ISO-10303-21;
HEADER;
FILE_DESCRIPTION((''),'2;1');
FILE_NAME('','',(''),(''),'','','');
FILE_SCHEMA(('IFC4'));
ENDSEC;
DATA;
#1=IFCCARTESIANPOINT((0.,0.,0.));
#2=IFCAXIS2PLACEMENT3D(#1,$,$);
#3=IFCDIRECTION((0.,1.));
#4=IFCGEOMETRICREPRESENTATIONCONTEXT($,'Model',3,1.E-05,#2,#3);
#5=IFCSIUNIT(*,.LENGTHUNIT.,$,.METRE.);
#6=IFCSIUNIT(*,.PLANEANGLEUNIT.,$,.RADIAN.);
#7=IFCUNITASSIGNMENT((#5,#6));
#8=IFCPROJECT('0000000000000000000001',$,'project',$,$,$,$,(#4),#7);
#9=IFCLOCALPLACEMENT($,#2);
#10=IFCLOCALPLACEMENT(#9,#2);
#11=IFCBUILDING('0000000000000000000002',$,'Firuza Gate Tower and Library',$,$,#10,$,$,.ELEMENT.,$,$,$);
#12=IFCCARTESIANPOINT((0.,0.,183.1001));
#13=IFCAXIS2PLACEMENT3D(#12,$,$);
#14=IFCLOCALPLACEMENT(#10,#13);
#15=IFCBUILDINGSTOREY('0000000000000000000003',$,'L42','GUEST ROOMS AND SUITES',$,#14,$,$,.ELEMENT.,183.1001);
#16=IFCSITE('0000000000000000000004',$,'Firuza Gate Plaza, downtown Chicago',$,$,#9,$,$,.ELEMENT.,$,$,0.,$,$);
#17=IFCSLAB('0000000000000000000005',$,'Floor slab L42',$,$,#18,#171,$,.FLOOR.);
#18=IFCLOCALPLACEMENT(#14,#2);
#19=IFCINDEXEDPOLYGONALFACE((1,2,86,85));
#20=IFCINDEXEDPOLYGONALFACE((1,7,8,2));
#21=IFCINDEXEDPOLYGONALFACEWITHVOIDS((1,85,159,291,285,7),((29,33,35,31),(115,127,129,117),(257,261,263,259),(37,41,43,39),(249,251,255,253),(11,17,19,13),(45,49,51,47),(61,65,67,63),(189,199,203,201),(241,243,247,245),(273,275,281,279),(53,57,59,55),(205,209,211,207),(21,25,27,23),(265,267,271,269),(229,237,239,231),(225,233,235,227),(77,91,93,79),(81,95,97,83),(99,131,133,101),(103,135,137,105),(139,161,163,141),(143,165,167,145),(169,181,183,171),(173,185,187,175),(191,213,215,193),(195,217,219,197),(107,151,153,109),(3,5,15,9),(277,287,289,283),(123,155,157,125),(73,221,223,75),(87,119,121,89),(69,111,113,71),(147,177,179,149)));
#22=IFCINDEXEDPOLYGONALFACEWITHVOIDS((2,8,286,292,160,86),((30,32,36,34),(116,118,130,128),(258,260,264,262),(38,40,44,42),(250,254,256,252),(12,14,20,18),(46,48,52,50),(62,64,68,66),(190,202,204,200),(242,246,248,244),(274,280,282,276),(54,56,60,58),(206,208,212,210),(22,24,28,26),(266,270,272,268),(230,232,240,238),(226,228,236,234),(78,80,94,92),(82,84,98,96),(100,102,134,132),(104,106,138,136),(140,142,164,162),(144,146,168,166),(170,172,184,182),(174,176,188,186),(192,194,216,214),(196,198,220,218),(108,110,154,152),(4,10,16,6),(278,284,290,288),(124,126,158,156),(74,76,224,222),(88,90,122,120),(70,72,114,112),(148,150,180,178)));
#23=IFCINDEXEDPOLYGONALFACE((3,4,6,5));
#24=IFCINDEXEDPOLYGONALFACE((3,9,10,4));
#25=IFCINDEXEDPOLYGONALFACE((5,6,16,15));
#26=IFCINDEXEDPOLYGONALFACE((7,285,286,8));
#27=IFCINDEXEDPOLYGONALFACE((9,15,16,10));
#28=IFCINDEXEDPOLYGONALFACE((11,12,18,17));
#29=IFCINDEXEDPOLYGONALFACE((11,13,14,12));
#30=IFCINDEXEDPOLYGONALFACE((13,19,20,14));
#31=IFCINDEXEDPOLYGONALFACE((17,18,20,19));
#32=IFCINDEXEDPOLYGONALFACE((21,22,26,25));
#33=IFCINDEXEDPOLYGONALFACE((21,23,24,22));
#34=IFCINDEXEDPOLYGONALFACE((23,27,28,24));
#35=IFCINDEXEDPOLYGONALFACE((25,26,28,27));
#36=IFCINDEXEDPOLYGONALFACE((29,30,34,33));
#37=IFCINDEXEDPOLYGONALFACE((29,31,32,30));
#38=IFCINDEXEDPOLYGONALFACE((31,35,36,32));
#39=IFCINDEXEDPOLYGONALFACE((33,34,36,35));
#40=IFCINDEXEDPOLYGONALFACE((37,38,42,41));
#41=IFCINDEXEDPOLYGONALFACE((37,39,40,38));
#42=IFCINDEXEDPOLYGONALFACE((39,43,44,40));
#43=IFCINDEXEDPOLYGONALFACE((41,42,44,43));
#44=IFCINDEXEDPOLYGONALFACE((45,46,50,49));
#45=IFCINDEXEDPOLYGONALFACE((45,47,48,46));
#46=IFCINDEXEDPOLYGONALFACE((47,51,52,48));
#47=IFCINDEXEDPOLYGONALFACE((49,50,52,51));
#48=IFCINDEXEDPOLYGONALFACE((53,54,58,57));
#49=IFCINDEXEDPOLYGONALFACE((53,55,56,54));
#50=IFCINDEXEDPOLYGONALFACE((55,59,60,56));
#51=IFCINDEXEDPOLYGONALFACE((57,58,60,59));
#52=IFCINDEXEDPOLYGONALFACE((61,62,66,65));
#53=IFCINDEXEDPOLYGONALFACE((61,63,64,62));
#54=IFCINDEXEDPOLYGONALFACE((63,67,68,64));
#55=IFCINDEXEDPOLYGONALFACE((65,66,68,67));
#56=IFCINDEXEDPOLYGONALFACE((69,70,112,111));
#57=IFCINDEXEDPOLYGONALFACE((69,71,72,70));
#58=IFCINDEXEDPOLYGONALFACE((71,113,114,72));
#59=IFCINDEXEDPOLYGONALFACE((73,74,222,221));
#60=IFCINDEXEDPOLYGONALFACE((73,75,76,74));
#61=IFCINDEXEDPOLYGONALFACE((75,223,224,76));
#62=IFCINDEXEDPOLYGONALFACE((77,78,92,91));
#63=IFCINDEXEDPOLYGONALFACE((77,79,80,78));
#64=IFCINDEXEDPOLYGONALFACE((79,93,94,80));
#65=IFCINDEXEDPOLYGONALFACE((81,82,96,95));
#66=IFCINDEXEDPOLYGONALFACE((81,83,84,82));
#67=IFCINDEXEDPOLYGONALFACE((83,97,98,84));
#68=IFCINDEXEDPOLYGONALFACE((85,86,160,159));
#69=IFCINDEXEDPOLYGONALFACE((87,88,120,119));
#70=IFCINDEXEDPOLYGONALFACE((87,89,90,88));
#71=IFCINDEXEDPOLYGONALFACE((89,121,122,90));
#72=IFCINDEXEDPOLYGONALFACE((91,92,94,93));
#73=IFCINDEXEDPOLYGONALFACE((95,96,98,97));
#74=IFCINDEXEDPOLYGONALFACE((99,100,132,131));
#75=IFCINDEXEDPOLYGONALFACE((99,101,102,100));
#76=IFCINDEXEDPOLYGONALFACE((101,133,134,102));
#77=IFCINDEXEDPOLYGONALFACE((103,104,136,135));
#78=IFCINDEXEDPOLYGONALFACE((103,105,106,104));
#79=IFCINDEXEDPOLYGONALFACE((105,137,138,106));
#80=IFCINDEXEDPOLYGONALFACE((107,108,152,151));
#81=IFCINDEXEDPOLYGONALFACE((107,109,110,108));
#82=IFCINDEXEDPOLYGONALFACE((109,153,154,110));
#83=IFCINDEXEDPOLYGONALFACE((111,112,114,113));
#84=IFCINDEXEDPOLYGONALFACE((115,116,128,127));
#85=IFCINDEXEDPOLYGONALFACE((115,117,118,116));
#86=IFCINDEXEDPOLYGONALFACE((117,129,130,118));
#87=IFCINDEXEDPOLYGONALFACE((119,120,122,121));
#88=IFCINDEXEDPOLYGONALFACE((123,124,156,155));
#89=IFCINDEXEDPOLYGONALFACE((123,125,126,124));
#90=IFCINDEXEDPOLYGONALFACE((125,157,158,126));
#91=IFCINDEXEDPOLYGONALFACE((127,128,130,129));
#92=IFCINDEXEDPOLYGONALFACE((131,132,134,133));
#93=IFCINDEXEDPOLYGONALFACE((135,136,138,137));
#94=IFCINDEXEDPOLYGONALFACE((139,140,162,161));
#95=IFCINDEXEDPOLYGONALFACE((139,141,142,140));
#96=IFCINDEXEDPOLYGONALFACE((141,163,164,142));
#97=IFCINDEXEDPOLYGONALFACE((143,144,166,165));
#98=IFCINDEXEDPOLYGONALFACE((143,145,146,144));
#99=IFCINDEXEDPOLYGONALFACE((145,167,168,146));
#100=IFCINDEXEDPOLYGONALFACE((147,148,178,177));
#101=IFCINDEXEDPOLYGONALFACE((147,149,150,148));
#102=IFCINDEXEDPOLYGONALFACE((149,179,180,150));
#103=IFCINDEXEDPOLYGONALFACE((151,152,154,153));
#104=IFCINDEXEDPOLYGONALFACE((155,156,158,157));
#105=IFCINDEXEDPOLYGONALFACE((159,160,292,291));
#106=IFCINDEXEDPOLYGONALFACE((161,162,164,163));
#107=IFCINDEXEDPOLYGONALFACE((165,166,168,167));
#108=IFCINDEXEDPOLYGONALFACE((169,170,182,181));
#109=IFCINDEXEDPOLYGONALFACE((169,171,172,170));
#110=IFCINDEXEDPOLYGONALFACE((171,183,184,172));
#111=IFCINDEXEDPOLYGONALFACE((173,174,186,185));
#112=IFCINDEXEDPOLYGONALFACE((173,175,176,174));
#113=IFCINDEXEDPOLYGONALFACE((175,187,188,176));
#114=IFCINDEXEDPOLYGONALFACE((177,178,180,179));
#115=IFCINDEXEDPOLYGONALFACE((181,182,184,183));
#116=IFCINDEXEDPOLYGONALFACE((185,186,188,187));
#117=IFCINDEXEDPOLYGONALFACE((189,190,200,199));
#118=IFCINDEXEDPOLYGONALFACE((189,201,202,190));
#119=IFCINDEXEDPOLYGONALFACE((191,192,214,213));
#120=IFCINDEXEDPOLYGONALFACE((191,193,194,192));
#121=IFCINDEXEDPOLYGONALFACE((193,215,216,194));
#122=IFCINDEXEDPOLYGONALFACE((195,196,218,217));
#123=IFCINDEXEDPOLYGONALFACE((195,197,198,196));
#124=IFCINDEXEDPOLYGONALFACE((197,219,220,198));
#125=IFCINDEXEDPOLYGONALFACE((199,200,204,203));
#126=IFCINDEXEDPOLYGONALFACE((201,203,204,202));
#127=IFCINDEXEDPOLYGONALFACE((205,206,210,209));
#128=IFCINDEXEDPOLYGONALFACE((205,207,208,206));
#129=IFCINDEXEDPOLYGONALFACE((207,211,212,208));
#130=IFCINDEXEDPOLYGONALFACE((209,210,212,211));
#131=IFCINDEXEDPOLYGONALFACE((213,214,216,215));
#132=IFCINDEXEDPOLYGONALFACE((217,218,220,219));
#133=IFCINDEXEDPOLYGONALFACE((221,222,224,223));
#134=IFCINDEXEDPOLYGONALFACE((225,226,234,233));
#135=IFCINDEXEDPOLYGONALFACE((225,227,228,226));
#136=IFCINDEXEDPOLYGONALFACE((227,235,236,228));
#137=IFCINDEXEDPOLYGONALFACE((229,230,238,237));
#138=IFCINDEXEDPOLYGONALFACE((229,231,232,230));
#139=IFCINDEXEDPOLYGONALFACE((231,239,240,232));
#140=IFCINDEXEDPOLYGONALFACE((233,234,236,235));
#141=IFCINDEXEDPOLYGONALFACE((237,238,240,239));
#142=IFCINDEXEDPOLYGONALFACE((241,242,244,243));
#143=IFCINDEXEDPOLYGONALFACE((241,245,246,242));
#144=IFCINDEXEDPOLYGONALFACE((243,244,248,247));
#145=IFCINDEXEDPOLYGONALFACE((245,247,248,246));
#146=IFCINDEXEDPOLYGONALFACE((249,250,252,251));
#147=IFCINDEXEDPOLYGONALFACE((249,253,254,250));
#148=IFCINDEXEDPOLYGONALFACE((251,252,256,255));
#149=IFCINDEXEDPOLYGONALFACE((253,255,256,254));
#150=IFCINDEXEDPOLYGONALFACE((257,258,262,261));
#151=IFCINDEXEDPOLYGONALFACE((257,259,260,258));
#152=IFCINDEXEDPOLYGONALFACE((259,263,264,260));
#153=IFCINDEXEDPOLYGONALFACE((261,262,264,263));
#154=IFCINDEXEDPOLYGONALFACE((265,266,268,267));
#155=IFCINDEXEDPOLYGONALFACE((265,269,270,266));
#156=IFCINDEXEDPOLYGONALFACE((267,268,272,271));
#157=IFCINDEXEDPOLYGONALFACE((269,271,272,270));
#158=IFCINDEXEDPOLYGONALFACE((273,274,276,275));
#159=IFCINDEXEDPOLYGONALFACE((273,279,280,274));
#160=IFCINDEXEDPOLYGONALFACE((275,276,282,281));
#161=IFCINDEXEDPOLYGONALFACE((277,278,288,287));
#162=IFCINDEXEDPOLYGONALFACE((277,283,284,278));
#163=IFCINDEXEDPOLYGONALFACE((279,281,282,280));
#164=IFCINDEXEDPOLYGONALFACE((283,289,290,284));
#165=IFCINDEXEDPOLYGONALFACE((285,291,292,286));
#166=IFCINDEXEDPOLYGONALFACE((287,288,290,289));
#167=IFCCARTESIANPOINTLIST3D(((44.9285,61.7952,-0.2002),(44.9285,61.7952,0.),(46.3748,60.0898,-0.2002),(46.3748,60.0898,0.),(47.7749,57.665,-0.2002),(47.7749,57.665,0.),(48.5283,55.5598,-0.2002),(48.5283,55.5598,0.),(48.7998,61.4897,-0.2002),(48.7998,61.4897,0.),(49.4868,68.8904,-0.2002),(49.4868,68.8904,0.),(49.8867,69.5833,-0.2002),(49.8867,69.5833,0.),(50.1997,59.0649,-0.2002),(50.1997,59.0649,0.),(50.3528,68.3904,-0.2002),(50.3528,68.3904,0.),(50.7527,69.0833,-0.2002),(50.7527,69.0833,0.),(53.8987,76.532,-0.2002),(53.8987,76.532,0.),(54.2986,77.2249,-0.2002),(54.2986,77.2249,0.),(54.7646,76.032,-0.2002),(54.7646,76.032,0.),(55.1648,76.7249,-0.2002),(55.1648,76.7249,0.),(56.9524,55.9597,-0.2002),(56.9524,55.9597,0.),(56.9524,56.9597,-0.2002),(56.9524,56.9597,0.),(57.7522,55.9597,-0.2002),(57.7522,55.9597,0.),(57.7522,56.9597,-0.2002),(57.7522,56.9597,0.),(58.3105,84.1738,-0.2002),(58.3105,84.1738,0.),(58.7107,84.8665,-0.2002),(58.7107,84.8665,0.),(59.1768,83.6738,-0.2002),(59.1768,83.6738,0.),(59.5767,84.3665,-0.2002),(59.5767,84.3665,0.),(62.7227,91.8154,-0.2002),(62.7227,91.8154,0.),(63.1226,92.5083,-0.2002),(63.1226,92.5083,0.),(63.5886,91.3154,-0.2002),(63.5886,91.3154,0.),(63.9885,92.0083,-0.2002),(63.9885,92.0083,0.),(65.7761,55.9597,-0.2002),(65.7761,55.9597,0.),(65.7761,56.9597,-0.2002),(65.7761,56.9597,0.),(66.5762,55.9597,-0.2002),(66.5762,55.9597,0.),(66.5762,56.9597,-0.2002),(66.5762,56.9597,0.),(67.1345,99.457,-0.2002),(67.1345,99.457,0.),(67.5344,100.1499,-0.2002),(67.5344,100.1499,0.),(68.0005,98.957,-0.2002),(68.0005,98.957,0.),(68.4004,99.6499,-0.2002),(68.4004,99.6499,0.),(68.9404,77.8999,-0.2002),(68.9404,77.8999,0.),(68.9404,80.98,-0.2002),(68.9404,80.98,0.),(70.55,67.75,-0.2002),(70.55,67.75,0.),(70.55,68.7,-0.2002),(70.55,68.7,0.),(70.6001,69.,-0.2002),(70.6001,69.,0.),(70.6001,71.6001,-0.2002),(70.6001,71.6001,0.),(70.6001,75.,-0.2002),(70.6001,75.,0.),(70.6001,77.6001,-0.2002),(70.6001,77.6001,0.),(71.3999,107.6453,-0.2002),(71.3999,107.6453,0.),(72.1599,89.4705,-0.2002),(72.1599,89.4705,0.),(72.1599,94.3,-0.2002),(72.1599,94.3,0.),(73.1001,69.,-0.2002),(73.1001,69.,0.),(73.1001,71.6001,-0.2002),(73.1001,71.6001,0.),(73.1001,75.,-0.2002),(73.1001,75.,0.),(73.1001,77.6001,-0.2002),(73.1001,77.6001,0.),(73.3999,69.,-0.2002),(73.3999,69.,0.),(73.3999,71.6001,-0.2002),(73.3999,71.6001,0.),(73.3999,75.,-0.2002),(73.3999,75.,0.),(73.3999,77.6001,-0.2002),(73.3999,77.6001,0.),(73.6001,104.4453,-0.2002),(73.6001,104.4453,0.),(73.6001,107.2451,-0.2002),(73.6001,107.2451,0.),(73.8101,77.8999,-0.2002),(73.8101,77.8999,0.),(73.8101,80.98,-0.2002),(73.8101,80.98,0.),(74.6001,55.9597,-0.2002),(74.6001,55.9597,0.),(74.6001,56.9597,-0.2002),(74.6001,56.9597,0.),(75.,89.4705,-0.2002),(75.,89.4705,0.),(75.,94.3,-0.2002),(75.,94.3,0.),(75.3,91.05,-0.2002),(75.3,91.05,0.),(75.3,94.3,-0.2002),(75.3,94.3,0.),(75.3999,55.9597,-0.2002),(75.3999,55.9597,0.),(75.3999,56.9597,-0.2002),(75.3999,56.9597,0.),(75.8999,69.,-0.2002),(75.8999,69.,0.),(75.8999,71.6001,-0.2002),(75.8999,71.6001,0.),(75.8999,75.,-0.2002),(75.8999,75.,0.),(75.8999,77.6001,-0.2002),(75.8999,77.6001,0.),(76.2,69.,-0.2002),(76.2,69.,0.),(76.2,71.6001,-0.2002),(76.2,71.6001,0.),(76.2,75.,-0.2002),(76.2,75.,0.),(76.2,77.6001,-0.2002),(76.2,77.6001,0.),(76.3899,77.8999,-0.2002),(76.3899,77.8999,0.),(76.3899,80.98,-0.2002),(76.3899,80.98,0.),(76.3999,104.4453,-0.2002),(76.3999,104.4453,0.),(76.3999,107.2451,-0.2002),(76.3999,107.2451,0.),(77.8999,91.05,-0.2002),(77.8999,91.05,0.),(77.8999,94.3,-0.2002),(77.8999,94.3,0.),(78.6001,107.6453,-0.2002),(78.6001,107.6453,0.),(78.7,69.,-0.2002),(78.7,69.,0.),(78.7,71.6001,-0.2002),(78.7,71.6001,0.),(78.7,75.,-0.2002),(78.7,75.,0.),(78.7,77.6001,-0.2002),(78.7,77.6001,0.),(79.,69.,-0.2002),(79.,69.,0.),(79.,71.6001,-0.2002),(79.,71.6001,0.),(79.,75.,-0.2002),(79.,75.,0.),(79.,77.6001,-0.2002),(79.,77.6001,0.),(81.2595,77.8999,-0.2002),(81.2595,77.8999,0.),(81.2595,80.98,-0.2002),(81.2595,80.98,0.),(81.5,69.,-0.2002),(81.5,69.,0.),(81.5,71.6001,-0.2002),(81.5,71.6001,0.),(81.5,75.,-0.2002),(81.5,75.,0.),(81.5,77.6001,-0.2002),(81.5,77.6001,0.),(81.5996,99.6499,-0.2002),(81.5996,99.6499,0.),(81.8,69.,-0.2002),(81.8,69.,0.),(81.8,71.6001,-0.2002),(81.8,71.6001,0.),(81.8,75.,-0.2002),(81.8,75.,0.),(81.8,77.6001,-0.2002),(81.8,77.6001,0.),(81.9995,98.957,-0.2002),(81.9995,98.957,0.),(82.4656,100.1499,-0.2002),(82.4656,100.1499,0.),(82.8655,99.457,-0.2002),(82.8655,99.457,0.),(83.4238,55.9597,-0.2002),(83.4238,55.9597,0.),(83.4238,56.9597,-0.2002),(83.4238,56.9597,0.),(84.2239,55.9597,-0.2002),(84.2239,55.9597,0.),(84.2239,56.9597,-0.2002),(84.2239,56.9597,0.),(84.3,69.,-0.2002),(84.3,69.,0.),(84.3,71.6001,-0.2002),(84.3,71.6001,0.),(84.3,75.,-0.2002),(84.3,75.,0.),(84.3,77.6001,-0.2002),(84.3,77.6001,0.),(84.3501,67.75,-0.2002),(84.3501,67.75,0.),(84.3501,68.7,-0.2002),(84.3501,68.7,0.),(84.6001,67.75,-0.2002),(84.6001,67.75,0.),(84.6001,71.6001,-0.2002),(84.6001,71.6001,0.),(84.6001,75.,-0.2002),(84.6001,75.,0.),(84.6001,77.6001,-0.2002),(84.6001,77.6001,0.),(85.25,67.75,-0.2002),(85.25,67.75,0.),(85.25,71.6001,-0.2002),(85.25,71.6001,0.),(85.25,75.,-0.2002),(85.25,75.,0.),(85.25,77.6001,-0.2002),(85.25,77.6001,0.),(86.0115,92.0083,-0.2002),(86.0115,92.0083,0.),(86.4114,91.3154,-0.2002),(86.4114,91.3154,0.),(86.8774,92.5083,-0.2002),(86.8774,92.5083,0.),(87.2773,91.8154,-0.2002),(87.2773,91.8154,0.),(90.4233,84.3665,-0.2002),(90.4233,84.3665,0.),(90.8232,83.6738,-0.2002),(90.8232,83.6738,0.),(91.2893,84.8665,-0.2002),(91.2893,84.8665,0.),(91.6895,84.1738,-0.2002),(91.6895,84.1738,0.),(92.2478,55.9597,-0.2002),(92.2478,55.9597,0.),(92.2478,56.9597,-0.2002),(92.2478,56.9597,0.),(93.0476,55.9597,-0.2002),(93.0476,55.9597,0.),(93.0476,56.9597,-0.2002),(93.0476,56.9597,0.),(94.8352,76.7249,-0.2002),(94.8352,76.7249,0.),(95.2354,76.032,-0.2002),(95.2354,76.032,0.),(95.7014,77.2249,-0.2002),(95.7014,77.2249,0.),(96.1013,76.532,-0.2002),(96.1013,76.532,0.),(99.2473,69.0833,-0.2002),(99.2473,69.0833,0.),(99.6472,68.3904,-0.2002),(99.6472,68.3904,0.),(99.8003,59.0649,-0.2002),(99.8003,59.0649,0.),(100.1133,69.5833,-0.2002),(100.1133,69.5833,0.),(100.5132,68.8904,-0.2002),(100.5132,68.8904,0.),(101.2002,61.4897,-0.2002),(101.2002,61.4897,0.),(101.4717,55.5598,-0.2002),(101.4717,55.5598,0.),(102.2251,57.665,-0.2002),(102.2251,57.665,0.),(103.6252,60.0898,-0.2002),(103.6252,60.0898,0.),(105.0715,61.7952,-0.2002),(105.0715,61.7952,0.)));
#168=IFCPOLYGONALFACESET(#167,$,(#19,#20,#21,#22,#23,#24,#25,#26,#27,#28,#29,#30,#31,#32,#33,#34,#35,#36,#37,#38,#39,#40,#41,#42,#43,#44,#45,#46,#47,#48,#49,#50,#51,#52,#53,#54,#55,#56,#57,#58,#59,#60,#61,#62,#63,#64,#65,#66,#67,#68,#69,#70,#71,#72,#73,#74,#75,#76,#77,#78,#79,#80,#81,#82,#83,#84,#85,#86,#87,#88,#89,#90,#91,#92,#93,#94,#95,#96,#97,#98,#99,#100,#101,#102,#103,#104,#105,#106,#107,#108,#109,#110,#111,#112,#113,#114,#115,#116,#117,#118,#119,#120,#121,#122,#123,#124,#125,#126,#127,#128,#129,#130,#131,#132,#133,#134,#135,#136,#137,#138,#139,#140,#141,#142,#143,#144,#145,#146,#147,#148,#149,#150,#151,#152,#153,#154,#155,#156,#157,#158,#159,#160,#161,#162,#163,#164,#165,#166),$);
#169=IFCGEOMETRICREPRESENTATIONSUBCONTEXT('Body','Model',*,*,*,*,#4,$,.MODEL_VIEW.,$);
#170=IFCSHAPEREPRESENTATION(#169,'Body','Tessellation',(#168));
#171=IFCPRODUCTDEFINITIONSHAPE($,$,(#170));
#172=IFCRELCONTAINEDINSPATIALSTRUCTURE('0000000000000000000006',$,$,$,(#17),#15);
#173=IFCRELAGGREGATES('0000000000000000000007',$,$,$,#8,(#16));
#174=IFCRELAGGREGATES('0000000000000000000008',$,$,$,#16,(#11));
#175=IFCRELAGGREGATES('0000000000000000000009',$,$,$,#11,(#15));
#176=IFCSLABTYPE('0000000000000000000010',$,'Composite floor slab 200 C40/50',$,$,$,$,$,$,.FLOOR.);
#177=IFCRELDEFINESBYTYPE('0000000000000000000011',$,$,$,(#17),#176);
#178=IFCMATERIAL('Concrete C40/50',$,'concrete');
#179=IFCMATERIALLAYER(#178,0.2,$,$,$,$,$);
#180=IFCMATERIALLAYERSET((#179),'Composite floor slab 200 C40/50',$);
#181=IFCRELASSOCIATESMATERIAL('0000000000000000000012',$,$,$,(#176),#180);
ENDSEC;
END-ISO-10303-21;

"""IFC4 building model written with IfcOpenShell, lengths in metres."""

from ifc_helpers import new_model, si_unit, direction, frame, origin, place, context, subcontext, project, spatial, polyline, outline, extrude, material, layer, layer_set, type_object, element, save


model = new_model("IFC4")

# Units and contexts
model_context = context("Model", 3, precision=1e-05, world=origin(), true_north=direction((0.0, 1.0)))
body_context = subcontext(model_context, "Body", "Model", "MODEL_VIEW")
ifc_project = project(units=[si_unit("LENGTHUNIT", "METRE"), si_unit("PLANEANGLEUNIT", "RADIAN")], contexts=[model_context])

# Site, building, storey
site_placement = place(None, origin())
site = spatial("IfcSite", under=ifc_project, at=site_placement, Name="Firuza Gate Plaza, downtown Chicago", CompositionType="ELEMENT", RefElevation=0.0)
building_placement = place(site_placement, origin())
building = spatial("IfcBuilding", under=site, at=building_placement, Name="Firuza Gate Tower and Library", CompositionType="ELEMENT")
storey_placement = place(building_placement, frame((0.0, 0.0, 183.1001)))
storey = spatial("IfcBuildingStorey", under=building, at=storey_placement, Name="L42", Description="GUEST ROOMS AND SUITES", CompositionType="ELEMENT", Elevation=183.1001)

# Slab
ifc_material_1 = material(Name="Concrete C40/50", Category="concrete")
ifc_layer_1 = layer(ifc_material_1, 0.2)
ifc_layer_set_1 = layer_set([ifc_layer_1], Name="Composite floor slab 200 C40/50")
slab_type_1 = type_object("IfcSlabType", Name="Composite floor slab 200 C40/50", PredefinedType="FLOOR", material=ifc_layer_set_1)
slab_1_placement = place(storey_placement, frame((0.0, 0.0, -0.2002)))
element("IfcSlab", 1, at=slab_1_placement, inside=storey, type_object=slab_type_1, Name="Floor slab L42", PredefinedType="FLOOR", context=body_context, shape_type="SweptSolid", body=[
    extrude(outline(polyline([(44.9285, 61.7952), (48.5283, 55.5598), (101.4717, 55.5598), (105.0715, 61.7952), (78.6001, 107.6453), (71.3999, 107.6453), (44.9285, 61.7952)]), holes=[polyline([(56.9524, 55.9597), (56.9524, 56.9597), (57.7522, 56.9597), (57.7522, 55.9597), (56.9524, 55.9597)]), polyline([(74.6001, 55.9597), (74.6001, 56.9597), (75.3999, 56.9597), (75.3999, 55.9597), (74.6001, 55.9597)]), polyline([(65.7761, 55.9597), (65.7761, 56.9597), (66.5762, 56.9597), (66.5762, 55.9597), (65.7761, 55.9597)]), polyline([(46.3748, 60.0898), (48.7998, 61.4897), (50.1997, 59.0649), (47.7749, 57.665), (46.3748, 60.0898)]), polyline([(84.3501, 67.75), (70.55, 67.75), (70.55, 68.7), (84.3501, 68.7), (84.3501, 67.75)]), polyline([(49.8867, 69.5833), (50.7527, 69.0833), (50.3528, 68.3904), (49.4868, 68.8904), (49.8867, 69.5833)]), polyline([(73.1001, 69.0), (70.6001, 69.0), (70.6001, 71.6001), (73.1001, 71.6001), (73.1001, 69.0)]), polyline([(75.8999, 69.0), (73.3999, 69.0), (73.3999, 71.6001), (75.8999, 71.6001), (75.8999, 69.0)]), polyline([(73.1001, 75.0), (70.6001, 75.0), (70.6001, 77.6001), (73.1001, 77.6001), (73.1001, 75.0)]), polyline([(75.8999, 75.0), (73.3999, 75.0), (73.3999, 77.6001), (75.8999, 77.6001), (75.8999, 75.0)]), polyline([(54.2986, 77.2249), (55.1648, 76.7249), (54.7646, 76.032), (53.8987, 76.532), (54.2986, 77.2249)]), polyline([(73.8101, 77.8999), (68.9404, 77.8999), (68.9404, 80.98), (73.8101, 80.98), (73.8101, 77.8999)]), polyline([(58.7107, 84.8665), (59.5767, 84.3665), (59.1768, 83.6738), (58.3105, 84.1738), (58.7107, 84.8665)]), polyline([(72.1599, 89.4705), (72.1599, 94.3), (75.0, 94.3), (75.0, 89.4705), (72.1599, 89.4705)]), polyline([(63.1226, 92.5083), (63.9885, 92.0083), (63.5886, 91.3154), (62.7227, 91.8154), (63.1226, 92.5083)]), polyline([(75.3, 91.05), (75.3, 94.3), (77.8999, 94.3), (77.8999, 91.05), (75.3, 91.05)]), polyline([(68.4004, 99.6499), (68.0005, 98.957), (67.1345, 99.457), (67.5344, 100.1499), (68.4004, 99.6499)]), polyline([(76.3999, 107.2451), (76.3999, 104.4453), (73.6001, 104.4453), (73.6001, 107.2451), (76.3999, 107.2451)]), polyline([(92.2478, 55.9597), (92.2478, 56.9597), (93.0476, 56.9597), (93.0476, 55.9597), (92.2478, 55.9597)]), polyline([(83.4238, 55.9597), (83.4238, 56.9597), (84.2239, 56.9597), (84.2239, 55.9597), (83.4238, 55.9597)]), polyline([(102.2251, 57.665), (99.8003, 59.0649), (101.2002, 61.4897), (103.6252, 60.0898), (102.2251, 57.665)]), polyline([(100.5132, 68.8904), (99.6472, 68.3904), (99.2473, 69.0833), (100.1133, 69.5833), (100.5132, 68.8904)]), polyline([(85.25, 67.75), (84.6001, 67.75), (84.6001, 71.6001), (85.25, 71.6001), (85.25, 67.75)]), polyline([(81.5, 69.0), (79.0, 69.0), (79.0, 71.6001), (81.5, 71.6001), (81.5, 69.0)]), polyline([(81.8, 69.0), (81.8, 71.6001), (84.3, 71.6001), (84.3, 69.0), (81.8, 69.0)]), polyline([(76.2, 69.0), (76.2, 71.6001), (78.7, 71.6001), (78.7, 69.0), (76.2, 69.0)]), polyline([(81.5, 75.0), (79.0, 75.0), (79.0, 77.6001), (81.5, 77.6001), (81.5, 75.0)]), polyline([(84.3, 75.0), (81.8, 75.0), (81.8, 77.6001), (84.3, 77.6001), (84.3, 75.0)]), polyline([(85.25, 75.0), (84.6001, 75.0), (84.6001, 77.6001), (85.25, 77.6001), (85.25, 75.0)]), polyline([(78.7, 75.0), (76.2, 75.0), (76.2, 77.6001), (78.7, 77.6001), (78.7, 75.0)]), polyline([(96.1013, 76.532), (95.2354, 76.032), (94.8352, 76.7249), (95.7014, 77.2249), (96.1013, 76.532)]), polyline([(81.2595, 77.8999), (76.3899, 77.8999), (76.3899, 80.98), (81.2595, 80.98), (81.2595, 77.8999)]), polyline([(91.6895, 84.1738), (90.8232, 83.6738), (90.4233, 84.3665), (91.2893, 84.8665), (91.6895, 84.1738)]), polyline([(86.4114, 91.3154), (86.0115, 92.0083), (86.8774, 92.5083), (87.2773, 91.8154), (86.4114, 91.3154)]), polyline([(81.9995, 98.957), (81.5996, 99.6499), (82.4656, 100.1499), (82.8655, 99.457), (81.9995, 98.957)])]), origin(), (0.0, 0.0, 1.0), 0.2002),
])

save(model, "model.ifc")
